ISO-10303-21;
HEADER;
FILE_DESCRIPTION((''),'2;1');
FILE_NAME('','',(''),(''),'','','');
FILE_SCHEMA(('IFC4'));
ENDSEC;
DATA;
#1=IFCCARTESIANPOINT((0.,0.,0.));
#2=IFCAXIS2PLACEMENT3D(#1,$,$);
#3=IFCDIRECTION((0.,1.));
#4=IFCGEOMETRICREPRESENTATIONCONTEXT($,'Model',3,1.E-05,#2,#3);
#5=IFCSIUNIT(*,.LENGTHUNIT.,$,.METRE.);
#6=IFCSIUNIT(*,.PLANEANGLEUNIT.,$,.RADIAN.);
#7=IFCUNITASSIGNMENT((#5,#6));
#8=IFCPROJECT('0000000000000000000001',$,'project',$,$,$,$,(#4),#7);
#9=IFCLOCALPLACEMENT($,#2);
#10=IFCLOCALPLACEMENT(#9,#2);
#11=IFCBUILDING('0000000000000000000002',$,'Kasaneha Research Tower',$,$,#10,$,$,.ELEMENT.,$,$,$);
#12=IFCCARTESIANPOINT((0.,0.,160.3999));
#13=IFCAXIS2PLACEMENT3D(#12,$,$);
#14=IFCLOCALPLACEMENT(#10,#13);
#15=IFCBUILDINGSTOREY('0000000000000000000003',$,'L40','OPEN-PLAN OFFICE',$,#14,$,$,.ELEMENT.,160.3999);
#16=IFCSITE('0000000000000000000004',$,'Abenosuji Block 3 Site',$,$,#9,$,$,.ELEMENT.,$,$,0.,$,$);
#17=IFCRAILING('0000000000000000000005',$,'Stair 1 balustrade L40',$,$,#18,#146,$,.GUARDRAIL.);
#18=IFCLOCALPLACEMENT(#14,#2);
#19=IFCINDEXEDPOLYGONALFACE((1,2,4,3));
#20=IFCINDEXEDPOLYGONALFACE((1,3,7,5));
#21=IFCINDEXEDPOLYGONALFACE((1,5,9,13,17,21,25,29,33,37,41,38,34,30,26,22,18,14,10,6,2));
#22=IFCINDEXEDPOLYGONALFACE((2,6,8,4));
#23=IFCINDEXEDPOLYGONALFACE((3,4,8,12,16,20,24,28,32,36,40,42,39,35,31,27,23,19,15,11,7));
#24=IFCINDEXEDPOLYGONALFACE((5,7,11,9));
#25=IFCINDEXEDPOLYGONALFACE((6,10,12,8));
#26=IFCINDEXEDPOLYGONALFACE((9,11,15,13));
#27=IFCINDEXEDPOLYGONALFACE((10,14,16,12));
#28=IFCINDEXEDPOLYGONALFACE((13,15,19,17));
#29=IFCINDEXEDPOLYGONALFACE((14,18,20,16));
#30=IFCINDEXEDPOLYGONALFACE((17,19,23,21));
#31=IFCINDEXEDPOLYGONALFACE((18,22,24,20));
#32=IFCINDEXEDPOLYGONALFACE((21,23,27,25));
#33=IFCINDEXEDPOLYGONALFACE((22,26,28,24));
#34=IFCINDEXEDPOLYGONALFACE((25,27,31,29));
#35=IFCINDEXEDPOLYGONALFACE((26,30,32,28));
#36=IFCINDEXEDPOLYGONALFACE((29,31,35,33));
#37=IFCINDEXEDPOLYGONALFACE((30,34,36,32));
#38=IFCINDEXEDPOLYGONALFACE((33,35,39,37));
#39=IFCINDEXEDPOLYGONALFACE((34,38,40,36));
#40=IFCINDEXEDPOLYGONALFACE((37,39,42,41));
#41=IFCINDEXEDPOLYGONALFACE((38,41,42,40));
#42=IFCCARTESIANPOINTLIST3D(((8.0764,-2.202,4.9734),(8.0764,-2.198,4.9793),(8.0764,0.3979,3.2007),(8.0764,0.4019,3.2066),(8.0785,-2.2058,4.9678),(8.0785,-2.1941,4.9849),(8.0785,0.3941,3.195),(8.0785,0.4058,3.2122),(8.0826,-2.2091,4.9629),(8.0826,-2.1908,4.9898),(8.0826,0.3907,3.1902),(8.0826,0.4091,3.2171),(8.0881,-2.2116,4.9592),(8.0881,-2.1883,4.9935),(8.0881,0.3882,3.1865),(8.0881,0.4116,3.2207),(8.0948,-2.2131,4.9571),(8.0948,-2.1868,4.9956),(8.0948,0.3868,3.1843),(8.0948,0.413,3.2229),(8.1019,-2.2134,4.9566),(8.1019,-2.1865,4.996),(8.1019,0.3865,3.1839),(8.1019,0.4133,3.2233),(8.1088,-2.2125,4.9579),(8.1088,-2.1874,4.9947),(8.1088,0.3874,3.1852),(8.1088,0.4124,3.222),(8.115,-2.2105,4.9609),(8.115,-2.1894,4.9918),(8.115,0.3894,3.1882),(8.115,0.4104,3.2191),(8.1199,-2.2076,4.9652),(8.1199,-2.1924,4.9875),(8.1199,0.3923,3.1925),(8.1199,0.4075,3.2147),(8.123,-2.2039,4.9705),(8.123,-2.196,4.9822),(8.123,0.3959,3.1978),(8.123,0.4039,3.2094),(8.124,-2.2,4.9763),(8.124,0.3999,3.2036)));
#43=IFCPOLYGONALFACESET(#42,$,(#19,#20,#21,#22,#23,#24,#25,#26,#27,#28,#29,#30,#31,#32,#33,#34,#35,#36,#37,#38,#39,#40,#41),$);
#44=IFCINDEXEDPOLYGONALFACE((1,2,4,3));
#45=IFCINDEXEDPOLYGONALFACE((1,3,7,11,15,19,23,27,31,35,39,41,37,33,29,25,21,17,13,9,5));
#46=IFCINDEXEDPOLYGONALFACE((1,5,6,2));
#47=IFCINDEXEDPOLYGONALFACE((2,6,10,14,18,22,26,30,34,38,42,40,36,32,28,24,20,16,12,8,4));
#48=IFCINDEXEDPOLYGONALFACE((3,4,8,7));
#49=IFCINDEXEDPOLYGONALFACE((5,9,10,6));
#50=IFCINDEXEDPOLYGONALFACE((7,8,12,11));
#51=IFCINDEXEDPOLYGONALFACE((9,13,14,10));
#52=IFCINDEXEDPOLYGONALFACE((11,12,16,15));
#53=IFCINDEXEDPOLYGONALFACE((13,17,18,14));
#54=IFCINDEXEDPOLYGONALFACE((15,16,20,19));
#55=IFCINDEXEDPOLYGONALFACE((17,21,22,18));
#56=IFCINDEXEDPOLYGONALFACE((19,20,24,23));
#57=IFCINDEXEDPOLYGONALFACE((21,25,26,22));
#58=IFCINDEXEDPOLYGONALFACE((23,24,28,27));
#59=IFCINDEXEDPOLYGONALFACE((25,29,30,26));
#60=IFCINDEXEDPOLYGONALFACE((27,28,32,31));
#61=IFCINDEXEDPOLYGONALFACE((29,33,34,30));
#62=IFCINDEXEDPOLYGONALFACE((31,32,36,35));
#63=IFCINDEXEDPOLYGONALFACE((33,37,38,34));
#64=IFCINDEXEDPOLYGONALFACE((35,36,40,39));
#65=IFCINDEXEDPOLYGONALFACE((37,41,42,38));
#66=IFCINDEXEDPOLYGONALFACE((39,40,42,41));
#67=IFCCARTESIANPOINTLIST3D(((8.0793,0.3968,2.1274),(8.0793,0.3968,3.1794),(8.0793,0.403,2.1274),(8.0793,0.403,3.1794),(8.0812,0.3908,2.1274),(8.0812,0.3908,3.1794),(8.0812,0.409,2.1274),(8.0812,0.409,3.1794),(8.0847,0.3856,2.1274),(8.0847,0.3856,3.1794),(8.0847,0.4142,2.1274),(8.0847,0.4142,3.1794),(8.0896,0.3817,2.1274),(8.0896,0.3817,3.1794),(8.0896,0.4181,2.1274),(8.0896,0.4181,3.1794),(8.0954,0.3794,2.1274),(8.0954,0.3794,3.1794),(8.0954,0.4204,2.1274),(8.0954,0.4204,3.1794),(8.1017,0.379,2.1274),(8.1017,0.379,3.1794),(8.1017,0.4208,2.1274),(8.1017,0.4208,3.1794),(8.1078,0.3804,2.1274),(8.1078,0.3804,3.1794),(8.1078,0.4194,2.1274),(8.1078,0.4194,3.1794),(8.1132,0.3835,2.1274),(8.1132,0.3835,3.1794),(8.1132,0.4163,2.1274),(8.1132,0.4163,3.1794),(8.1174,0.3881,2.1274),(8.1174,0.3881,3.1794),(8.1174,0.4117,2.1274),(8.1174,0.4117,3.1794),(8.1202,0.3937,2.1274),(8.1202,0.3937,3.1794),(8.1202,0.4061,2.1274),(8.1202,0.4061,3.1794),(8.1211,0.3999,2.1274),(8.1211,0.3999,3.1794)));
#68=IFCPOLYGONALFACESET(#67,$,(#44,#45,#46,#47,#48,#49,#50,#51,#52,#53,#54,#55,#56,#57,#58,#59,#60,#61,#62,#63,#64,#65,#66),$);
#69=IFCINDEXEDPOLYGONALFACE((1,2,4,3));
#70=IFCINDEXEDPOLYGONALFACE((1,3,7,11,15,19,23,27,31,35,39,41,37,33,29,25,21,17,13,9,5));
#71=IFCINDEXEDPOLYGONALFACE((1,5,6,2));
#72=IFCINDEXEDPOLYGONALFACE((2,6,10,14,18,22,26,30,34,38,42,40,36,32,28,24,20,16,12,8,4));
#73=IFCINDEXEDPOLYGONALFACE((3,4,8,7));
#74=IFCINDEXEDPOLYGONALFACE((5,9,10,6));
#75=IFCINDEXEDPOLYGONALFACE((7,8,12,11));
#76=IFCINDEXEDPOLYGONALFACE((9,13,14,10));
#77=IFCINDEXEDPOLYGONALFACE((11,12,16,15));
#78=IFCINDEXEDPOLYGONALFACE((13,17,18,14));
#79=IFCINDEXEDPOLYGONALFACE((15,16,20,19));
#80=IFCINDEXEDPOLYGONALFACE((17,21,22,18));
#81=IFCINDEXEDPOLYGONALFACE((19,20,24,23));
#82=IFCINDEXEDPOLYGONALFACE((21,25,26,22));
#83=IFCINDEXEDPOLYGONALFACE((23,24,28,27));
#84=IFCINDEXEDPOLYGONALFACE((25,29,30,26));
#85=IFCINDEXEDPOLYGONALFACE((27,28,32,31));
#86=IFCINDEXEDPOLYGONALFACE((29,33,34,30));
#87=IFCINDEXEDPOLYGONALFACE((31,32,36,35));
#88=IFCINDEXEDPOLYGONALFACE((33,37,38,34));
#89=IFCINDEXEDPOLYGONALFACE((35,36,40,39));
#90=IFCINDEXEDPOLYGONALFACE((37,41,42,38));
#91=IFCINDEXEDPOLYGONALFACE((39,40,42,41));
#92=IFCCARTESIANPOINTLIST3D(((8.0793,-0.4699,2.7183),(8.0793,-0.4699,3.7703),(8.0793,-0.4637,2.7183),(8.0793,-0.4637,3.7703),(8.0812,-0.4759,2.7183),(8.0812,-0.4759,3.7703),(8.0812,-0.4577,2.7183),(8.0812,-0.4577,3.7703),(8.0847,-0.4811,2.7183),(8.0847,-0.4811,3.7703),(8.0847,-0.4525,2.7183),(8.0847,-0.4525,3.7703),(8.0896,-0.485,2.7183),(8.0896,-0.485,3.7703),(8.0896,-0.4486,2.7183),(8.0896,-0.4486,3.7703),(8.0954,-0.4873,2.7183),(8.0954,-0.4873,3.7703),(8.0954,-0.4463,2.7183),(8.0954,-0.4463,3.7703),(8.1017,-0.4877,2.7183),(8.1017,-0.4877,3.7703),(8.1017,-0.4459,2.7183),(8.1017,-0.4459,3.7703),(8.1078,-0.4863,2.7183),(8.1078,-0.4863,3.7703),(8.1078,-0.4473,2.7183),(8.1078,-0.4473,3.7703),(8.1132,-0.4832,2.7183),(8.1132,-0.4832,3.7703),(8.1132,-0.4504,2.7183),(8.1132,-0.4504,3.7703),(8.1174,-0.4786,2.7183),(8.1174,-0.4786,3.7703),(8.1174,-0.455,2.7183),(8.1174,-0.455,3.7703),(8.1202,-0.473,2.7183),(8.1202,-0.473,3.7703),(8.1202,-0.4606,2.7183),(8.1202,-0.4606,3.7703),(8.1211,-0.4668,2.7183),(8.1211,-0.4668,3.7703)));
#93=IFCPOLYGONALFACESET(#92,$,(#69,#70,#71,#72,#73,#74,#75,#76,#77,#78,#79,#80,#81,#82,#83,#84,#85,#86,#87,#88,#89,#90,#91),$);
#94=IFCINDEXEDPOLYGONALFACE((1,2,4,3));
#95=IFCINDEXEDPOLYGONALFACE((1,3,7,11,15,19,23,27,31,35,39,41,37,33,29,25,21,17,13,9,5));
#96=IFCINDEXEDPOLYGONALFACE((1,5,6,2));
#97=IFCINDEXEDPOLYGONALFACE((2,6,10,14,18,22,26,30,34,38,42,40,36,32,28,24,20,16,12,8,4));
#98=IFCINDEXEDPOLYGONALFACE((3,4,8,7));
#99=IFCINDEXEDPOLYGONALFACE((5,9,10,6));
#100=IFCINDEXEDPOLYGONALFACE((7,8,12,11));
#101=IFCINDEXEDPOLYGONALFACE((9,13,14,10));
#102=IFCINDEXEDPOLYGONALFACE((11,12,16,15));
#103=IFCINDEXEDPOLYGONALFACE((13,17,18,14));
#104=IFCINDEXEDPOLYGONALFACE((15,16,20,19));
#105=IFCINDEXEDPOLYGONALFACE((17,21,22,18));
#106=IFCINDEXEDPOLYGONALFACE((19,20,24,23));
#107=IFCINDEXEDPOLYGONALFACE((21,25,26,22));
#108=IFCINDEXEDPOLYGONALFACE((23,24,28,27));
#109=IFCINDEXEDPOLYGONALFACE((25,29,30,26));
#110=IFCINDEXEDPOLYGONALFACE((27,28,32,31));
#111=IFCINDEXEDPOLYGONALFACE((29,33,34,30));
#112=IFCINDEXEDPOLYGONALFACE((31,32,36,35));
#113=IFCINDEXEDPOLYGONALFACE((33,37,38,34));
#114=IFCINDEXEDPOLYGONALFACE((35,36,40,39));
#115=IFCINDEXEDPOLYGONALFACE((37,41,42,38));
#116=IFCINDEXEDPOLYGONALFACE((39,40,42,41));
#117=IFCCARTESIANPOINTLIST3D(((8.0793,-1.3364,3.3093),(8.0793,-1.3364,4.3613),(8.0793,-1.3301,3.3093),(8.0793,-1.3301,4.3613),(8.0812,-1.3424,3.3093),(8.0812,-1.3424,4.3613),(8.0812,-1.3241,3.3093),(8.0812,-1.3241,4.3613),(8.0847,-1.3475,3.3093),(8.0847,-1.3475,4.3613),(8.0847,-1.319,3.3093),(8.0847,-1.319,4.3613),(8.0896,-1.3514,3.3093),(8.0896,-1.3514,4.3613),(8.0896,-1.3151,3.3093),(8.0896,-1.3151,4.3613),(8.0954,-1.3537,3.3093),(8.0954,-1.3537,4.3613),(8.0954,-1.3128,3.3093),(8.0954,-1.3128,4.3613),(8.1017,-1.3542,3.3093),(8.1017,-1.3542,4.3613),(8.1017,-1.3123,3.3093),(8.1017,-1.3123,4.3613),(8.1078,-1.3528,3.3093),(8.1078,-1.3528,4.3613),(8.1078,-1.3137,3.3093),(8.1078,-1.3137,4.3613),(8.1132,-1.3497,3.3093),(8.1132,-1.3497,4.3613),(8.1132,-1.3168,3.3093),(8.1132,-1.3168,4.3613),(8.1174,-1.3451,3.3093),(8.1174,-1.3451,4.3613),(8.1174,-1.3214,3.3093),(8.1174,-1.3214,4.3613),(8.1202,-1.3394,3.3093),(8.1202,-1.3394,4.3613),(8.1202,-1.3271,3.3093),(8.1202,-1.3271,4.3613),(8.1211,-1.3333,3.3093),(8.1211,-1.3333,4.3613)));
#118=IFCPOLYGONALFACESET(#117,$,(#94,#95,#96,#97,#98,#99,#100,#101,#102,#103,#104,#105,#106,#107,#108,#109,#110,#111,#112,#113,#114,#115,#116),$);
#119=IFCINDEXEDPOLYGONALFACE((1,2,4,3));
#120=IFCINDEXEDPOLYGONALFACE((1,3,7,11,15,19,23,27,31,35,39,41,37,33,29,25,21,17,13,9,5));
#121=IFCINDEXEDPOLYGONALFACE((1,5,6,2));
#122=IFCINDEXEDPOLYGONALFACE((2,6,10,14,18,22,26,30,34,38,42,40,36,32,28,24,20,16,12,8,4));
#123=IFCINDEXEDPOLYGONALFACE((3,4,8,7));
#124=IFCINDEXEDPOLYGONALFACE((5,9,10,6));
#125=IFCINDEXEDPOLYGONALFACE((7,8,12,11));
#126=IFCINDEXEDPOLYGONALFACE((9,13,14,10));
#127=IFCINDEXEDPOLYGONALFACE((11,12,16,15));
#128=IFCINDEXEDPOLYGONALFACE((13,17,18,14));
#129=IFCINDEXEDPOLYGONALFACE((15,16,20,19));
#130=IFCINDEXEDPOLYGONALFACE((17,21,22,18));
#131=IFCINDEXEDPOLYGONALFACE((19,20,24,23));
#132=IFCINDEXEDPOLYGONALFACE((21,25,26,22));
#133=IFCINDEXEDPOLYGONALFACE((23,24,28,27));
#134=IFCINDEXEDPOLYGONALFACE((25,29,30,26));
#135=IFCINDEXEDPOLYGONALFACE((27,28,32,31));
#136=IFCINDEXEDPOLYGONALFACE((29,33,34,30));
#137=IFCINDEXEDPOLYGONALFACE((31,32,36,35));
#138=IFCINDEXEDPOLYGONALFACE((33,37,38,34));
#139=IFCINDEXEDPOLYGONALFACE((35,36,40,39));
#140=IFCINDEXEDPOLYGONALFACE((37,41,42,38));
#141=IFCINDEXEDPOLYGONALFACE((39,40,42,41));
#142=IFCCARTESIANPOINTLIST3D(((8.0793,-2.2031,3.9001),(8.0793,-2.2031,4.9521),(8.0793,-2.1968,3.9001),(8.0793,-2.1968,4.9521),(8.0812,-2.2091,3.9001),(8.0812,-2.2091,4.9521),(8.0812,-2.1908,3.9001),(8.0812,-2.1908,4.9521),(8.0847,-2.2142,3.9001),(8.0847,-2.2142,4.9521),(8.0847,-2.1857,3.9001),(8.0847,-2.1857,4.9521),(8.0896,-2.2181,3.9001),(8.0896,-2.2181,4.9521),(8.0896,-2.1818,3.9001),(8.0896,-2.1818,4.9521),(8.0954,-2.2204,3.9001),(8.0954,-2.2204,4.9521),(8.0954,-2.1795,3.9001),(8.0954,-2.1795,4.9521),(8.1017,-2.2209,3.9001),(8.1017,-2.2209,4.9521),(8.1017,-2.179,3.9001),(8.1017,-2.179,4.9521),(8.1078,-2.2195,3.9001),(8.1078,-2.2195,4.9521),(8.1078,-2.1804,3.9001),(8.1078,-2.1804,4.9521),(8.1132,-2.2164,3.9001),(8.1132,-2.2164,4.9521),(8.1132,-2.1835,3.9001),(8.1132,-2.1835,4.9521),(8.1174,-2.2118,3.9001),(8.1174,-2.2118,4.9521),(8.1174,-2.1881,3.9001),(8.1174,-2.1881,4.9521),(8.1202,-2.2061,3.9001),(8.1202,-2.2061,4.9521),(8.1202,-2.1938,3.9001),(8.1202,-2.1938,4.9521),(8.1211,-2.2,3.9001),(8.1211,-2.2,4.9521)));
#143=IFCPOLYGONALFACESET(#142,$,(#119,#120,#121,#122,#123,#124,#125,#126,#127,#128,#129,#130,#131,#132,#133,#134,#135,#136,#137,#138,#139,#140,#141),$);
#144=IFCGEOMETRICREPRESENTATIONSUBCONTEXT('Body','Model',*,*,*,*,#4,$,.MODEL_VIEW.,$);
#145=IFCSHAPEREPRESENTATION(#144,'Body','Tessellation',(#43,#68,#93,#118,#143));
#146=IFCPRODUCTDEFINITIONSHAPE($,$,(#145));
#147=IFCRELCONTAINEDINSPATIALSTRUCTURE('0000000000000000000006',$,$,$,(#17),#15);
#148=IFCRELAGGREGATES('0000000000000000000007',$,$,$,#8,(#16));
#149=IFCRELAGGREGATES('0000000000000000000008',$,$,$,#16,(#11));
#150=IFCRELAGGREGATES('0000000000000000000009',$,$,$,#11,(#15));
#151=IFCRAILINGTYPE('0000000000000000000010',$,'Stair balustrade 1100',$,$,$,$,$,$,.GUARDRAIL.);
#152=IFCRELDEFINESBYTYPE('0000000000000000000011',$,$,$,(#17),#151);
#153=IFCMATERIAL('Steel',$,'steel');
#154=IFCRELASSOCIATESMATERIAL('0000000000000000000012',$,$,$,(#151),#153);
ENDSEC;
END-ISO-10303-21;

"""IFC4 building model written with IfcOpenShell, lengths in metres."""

from ifc_helpers import new_model, si_unit, direction, frame, origin, origin_2d, place, context, subcontext, project, spatial, circle, extrude, material, type_object, element, save


model = new_model("IFC4")

# Units and contexts
model_context = context("Model", 3, precision=1e-05, world=origin(), true_north=direction((0.0, 1.0)))
body_context = subcontext(model_context, "Body", "Model", "MODEL_VIEW")
ifc_project = project(units=[si_unit("LENGTHUNIT", "METRE"), si_unit("PLANEANGLEUNIT", "RADIAN")], contexts=[model_context])

# Site, building, storey
site_placement = place(None, origin())
site = spatial("IfcSite", under=ifc_project, at=site_placement, Name="Abenosuji Block 3 Site", CompositionType="ELEMENT", RefElevation=0.0)
building_placement = place(site_placement, origin())
building = spatial("IfcBuilding", under=site, at=building_placement, Name="Kasaneha Research Tower", CompositionType="ELEMENT")
storey_placement = place(building_placement, frame((0.0, 0.0, 160.3999)))
storey = spatial("IfcBuildingStorey", under=building, at=storey_placement, Name="L40", Description="OPEN-PLAN OFFICE", CompositionType="ELEMENT", Elevation=160.3999)

# Railing
ifc_material_1 = material(Name="Steel", Category="steel")
railing_type_1 = type_object("IfcRailingType", Name="Stair balustrade 1100", PredefinedType="GUARDRAIL", material=ifc_material_1)
railing_1_placement = place(storey_placement, frame((8.1001, 0.3999, 2.1274)))
element("IfcRailing", 1, at=railing_1_placement, inside=storey, type_object=railing_type_1, Name="Stair 1 balustrade L40", PredefinedType="GUARDRAIL", context=body_context, shape_type="SweptSolid", body=[
    extrude(circle(Radius=0.0239, at=origin_2d()), frame((0.0, 0.0, 1.0762), z_axis=(0.0, -0.826216, 0.563354), x_axis=(1.0, 0.0, 0.0)), (0.0, 0.0, 1.0), 3.1467),
    extrude(circle(Radius=0.021, at=origin_2d()), origin(), (0.0, 0.0, 1.0), 1.052),
    extrude(circle(Radius=0.021, at=origin_2d()), frame((0.0, -0.8667, 0.5908)), (0.0, 0.0, 1.0), 1.052),
    extrude(circle(Radius=0.021, at=origin_2d()), frame((0.0, -1.7332, 1.1819)), (0.0, 0.0, 1.0), 1.052),
    extrude(circle(Radius=0.021, at=origin_2d()), frame((0.0, -2.5999, 1.7727)), (0.0, 0.0, 1.0), 1.052),
])

save(model, "model.ifc")
